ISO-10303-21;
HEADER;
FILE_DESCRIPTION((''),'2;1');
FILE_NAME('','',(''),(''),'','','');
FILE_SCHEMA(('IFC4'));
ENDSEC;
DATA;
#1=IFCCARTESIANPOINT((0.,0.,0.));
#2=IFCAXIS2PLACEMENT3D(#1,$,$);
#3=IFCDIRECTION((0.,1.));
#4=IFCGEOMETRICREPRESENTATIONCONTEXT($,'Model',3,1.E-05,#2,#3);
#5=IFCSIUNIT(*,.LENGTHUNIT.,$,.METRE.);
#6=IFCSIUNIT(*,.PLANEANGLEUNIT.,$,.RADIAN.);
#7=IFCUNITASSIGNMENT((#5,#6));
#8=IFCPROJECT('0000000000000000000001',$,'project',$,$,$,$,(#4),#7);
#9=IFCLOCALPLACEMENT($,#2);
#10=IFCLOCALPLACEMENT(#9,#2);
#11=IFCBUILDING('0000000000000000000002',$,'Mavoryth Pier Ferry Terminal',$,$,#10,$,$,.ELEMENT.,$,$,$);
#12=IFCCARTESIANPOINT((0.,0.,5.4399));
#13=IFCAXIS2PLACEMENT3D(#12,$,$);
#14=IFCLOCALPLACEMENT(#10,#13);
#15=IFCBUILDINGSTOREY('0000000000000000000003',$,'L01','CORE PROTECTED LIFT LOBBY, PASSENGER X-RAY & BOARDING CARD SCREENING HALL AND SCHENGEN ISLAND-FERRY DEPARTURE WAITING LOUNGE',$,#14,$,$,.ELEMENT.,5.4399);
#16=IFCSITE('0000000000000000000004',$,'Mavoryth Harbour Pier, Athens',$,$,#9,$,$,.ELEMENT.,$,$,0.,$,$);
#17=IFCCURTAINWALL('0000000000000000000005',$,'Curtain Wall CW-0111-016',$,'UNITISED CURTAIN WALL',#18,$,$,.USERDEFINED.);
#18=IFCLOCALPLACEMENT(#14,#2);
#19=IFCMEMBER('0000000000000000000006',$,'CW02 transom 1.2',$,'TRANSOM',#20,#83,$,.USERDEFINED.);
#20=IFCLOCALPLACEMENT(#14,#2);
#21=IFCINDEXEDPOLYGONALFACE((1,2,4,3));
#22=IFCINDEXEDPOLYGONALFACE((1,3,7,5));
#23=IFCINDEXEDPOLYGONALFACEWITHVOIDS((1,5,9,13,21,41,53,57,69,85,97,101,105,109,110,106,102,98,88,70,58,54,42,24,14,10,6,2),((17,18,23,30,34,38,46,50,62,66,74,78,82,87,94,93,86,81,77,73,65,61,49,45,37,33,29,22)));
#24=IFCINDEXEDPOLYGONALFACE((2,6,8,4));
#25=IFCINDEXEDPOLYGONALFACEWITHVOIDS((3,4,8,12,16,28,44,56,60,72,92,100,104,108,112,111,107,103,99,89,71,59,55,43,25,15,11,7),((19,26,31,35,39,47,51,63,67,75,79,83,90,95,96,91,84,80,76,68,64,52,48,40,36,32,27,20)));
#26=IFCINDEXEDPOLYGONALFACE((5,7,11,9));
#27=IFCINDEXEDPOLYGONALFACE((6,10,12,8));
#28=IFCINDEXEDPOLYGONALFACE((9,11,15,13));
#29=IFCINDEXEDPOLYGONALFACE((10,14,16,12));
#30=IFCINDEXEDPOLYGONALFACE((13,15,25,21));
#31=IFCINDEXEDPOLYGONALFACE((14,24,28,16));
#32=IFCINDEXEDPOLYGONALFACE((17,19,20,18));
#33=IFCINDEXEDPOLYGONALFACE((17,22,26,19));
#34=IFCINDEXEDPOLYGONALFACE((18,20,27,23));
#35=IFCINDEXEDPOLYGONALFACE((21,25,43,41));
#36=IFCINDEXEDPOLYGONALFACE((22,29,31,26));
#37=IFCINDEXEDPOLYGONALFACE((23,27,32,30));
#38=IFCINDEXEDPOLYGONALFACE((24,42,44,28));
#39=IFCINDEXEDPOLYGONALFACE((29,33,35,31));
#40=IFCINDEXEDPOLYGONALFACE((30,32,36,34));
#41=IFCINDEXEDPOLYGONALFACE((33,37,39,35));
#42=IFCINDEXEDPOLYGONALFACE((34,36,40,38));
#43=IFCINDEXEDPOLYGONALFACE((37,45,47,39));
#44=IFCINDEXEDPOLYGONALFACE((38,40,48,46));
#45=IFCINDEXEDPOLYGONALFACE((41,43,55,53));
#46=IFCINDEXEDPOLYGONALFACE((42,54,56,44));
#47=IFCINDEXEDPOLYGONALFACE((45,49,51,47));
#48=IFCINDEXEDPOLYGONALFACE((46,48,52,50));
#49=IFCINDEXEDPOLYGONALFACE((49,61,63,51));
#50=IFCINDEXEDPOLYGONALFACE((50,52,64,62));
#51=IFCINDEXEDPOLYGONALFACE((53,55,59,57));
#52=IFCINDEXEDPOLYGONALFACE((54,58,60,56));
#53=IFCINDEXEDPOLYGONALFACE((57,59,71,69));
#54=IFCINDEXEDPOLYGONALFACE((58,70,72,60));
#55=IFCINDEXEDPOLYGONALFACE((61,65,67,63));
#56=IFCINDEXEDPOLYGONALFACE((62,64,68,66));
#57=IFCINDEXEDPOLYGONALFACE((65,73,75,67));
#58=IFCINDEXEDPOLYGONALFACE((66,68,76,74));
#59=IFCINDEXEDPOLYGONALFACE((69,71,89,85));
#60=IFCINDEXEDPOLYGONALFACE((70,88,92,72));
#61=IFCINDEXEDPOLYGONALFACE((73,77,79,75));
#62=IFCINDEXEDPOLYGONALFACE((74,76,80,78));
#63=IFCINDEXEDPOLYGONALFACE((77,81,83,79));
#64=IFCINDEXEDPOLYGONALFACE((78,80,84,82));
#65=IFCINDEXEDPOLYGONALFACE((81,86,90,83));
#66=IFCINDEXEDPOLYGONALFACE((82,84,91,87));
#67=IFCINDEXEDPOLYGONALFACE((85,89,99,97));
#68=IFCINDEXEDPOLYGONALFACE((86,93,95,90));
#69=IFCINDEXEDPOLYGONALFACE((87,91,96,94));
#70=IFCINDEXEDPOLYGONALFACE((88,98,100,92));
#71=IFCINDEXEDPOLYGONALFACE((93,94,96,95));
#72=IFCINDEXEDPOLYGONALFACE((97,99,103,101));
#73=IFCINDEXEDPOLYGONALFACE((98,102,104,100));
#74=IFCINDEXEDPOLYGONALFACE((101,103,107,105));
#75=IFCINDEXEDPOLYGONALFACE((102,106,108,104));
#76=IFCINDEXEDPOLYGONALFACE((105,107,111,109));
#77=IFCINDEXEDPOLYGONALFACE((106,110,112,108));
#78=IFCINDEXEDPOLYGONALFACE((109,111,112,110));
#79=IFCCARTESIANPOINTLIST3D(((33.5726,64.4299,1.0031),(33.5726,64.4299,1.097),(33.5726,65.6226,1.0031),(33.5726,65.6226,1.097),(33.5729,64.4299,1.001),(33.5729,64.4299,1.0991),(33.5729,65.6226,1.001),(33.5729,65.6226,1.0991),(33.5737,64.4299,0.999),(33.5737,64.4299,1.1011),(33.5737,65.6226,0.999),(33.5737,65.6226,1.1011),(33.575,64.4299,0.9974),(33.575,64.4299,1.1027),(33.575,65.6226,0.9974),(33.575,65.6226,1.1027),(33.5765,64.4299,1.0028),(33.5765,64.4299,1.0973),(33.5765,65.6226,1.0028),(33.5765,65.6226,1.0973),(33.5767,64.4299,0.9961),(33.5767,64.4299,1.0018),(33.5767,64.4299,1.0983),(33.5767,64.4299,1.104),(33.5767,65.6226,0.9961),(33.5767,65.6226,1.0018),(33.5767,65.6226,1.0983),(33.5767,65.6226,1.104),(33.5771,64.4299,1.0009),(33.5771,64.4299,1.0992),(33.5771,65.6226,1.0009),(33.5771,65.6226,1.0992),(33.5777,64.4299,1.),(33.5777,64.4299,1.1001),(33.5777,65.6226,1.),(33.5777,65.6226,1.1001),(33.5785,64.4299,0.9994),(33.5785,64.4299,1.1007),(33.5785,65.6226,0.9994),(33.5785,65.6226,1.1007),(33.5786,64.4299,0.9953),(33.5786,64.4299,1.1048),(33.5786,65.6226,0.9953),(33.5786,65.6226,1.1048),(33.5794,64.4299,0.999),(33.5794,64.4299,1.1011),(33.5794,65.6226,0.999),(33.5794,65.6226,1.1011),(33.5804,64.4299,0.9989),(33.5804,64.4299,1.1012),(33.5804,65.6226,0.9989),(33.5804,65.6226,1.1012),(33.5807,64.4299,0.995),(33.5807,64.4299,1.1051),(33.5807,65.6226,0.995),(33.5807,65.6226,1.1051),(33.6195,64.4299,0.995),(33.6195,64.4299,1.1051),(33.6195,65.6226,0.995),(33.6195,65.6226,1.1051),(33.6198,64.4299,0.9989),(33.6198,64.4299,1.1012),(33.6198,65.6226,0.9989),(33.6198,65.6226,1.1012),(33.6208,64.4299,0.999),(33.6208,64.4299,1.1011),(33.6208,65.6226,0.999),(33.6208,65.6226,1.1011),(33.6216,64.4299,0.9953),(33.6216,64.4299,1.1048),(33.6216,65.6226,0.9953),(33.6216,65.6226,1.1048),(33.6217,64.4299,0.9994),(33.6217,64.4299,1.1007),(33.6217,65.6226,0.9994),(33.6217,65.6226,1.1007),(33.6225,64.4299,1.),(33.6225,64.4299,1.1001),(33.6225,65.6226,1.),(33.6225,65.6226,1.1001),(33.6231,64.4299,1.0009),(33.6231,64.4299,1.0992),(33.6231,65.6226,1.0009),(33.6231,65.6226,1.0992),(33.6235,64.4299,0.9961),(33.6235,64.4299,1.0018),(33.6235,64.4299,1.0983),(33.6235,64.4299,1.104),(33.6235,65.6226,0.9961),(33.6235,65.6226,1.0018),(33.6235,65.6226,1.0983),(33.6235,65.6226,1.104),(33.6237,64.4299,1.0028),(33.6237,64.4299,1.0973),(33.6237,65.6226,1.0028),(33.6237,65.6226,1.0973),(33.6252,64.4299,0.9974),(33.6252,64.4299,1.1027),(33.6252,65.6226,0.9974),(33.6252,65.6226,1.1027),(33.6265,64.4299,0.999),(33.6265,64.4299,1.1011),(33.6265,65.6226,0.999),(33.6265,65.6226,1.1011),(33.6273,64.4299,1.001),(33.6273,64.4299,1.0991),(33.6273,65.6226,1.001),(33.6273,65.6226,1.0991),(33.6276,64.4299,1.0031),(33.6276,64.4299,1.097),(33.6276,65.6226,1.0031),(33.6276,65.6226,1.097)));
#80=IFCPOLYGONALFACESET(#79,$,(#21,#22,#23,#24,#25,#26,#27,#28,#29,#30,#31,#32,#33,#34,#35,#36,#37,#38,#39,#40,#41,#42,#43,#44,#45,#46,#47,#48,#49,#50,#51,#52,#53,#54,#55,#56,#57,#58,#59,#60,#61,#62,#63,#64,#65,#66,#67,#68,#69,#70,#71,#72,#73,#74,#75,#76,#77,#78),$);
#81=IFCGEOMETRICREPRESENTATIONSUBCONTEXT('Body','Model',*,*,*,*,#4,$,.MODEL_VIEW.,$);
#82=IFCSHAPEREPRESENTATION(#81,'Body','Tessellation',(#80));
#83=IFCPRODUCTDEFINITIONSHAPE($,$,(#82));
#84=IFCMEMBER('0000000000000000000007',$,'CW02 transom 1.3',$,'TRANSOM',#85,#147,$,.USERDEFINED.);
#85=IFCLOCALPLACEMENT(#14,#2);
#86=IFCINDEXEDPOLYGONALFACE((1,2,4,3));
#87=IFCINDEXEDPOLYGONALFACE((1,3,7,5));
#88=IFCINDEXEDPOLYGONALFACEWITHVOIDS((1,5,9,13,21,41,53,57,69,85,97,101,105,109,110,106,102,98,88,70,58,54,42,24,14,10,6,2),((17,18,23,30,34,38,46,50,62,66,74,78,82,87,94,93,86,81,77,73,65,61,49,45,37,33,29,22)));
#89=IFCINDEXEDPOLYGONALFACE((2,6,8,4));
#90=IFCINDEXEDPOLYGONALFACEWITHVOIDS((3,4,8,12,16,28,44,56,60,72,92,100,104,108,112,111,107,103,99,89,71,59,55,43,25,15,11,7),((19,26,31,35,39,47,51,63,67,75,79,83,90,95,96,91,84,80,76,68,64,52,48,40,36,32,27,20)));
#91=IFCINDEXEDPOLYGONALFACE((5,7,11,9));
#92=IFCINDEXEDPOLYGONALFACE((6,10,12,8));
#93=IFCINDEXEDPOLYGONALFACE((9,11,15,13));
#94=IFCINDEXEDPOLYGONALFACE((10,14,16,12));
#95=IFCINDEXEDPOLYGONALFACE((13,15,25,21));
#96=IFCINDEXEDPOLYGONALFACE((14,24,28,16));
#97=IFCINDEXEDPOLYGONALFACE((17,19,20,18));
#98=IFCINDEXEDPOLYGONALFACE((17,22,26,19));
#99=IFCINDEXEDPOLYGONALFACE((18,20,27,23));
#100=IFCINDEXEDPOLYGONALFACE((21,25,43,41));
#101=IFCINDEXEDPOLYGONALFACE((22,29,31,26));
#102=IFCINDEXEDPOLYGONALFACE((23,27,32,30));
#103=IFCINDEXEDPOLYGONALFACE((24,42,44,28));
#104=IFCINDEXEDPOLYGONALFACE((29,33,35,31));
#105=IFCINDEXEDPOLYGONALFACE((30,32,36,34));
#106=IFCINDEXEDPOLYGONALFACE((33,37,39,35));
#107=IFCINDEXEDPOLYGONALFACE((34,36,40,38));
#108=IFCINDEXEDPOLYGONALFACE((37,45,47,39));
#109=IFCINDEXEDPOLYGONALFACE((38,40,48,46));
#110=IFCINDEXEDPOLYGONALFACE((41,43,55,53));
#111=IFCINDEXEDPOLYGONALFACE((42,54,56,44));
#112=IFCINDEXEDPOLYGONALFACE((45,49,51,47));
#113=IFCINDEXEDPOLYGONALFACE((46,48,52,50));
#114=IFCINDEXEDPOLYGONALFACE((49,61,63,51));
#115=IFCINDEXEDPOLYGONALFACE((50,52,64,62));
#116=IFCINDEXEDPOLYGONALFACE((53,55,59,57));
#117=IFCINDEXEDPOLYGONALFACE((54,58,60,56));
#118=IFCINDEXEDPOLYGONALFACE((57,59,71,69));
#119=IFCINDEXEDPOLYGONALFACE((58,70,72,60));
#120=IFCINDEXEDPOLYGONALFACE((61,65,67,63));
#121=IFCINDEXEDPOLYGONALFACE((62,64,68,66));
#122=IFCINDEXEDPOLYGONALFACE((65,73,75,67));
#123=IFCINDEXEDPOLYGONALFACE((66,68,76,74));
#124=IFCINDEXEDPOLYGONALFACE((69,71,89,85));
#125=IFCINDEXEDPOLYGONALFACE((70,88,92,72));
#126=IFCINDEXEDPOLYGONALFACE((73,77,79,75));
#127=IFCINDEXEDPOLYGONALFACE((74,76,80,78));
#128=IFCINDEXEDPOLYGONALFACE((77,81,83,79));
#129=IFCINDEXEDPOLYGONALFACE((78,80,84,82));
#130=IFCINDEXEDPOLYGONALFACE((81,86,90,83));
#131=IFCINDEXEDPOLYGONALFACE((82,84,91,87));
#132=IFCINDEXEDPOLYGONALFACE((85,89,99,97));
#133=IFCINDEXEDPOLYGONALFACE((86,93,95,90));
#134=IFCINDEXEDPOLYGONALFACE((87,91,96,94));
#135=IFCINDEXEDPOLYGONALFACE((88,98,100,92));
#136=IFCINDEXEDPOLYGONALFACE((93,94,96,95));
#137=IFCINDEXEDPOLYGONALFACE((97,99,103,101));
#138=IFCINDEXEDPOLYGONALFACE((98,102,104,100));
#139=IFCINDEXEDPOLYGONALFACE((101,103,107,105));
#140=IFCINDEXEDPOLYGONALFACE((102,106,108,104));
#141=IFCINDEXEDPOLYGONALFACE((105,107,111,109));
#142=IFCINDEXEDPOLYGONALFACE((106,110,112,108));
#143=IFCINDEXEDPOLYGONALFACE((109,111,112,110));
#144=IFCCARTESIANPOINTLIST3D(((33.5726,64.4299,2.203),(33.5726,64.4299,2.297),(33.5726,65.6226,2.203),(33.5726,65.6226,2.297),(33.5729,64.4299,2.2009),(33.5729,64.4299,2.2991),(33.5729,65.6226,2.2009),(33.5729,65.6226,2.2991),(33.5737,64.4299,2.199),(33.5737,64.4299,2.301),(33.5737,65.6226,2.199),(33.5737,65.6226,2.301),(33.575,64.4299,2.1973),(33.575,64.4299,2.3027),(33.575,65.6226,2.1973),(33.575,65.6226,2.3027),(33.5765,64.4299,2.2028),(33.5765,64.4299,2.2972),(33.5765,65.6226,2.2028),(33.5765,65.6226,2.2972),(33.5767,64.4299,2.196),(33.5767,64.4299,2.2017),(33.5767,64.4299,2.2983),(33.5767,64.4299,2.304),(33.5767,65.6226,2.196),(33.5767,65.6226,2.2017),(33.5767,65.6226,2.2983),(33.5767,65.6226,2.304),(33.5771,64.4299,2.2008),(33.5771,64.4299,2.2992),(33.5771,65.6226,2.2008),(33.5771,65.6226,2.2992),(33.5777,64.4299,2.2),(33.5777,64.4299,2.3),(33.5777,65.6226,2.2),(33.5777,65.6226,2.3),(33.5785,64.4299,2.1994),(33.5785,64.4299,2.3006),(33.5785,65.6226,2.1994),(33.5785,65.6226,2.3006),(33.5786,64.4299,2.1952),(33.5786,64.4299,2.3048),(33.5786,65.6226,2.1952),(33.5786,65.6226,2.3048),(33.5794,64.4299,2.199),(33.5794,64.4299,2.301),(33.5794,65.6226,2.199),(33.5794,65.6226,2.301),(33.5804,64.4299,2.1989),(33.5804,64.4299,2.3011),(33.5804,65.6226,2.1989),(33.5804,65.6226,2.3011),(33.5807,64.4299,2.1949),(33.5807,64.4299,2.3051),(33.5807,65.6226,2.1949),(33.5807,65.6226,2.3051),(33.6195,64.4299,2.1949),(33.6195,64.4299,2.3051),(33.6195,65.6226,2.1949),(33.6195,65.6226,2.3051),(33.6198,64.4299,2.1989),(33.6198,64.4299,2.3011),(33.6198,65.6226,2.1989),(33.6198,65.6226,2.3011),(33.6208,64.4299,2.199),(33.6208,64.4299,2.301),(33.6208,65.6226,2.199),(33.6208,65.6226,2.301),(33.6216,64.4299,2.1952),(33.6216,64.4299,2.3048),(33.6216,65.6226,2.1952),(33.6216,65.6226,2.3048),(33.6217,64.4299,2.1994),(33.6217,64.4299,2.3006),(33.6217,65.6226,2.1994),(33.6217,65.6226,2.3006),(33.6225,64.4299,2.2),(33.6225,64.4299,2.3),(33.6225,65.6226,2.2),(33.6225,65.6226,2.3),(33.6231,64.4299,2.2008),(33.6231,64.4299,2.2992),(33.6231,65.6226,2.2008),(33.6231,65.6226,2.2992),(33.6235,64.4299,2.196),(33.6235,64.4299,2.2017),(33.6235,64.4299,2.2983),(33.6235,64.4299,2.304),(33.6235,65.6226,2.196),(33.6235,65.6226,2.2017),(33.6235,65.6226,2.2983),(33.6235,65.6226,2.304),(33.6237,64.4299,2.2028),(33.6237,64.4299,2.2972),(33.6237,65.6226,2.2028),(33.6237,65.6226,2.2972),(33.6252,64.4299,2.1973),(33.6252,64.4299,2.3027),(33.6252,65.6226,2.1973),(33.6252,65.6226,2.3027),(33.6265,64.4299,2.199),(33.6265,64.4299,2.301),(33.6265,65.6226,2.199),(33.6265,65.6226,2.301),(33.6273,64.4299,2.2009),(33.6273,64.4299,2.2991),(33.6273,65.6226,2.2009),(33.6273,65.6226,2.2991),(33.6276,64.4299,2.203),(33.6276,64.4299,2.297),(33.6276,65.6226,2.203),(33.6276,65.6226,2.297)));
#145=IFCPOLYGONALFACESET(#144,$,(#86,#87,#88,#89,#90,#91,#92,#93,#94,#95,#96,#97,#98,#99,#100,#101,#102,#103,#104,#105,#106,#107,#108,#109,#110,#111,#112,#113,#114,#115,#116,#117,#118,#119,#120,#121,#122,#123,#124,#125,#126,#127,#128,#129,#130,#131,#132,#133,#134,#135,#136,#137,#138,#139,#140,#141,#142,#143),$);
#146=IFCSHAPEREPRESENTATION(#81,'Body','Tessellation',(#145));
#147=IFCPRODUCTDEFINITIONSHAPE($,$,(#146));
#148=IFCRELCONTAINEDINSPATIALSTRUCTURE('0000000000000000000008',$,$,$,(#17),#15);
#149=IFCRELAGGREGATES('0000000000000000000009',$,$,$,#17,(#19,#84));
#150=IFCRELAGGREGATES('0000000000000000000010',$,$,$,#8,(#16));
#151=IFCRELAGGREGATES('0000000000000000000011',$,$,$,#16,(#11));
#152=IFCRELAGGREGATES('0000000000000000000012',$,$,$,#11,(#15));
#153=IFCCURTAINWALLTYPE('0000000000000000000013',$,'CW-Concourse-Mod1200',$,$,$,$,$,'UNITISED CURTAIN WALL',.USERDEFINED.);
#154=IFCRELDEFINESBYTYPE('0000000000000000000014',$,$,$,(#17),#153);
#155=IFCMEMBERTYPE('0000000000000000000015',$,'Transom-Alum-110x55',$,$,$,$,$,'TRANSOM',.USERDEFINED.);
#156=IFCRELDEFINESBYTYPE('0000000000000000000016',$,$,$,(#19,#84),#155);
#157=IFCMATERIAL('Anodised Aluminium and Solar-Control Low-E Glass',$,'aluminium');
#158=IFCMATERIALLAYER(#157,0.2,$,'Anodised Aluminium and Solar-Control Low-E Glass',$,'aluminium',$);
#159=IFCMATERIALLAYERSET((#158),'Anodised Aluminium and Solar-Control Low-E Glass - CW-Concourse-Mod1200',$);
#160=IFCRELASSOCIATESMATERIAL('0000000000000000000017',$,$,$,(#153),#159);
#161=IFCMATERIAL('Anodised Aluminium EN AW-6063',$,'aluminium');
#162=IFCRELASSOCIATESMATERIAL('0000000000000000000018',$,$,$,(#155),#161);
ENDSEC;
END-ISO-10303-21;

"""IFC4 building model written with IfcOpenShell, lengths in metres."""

from ifc_helpers import new_model, si_unit, direction, frame, origin, origin_2d, place, context, subcontext, project, spatial, hollow_rectangle, extrude, material, layer, layer_set, material_profile, profile_set, type_object, element, aggregate, save


model = new_model("IFC4")

# Units and contexts
model_context = context("Model", 3, precision=1e-05, world=origin(), true_north=direction((0.0, 1.0)))
body_context = subcontext(model_context, "Body", "Model", "MODEL_VIEW")
ifc_project = project(units=[si_unit("LENGTHUNIT", "METRE"), si_unit("PLANEANGLEUNIT", "RADIAN")], contexts=[model_context])

# Site, building, storey
site_placement = place(None, origin())
site = spatial("IfcSite", under=ifc_project, at=site_placement, Name="Mavoryth Harbour Pier, Athens", CompositionType="ELEMENT", RefElevation=0.0)
building_placement = place(site_placement, origin())
building = spatial("IfcBuilding", under=site, at=building_placement, Name="Mavoryth Pier Ferry Terminal", CompositionType="ELEMENT")
storey_placement = place(building_placement, frame((0.0, 0.0, 5.4399)))
storey = spatial("IfcBuildingStorey", under=building, at=storey_placement, Name="L01", Description="CORE PROTECTED LIFT LOBBY, PASSENGER X-RAY & BOARDING CARD SCREENING HALL AND SCHENGEN ISLAND-FERRY DEPARTURE WAITING LOUNGE", CompositionType="ELEMENT", Elevation=5.4399)

# Curtain wall
ifc_material_1 = material(Name="Anodised Aluminium and Solar-Control Low-E Glass", Category="aluminium")
ifc_layer_1 = layer(ifc_material_1, 0.2, Name="Anodised Aluminium and Solar-Control Low-E Glass", Category="aluminium")
ifc_layer_set_1 = layer_set([ifc_layer_1], Name="Anodised Aluminium and Solar-Control Low-E Glass - CW-Concourse-Mod1200")
curtain_wall_type = type_object("IfcCurtainWallType", Name="CW-Concourse-Mod1200", ElementType="UNITISED CURTAIN WALL", PredefinedType="USERDEFINED", material=ifc_layer_set_1)
ifc_material_2 = material(Name="Anodised Aluminium EN AW-6063", Category="aluminium")
curtain_wall_1_placement = place(storey_placement, origin())
curtain_wall_1 = element("IfcCurtainWall", 1, at=curtain_wall_1_placement, inside=storey, type_object=curtain_wall_type, Name="Curtain Wall CW-0111-016", ObjectType="UNITISED CURTAIN WALL", PredefinedType="USERDEFINED")

# Members
ifc_material_profile_1 = material_profile(ifc_material_2, hollow_rectangle(XDim=0.0549, YDim=0.1101, WallThickness=0.0039, InnerFilletRadius=0.0039, OuterFilletRadius=0.0081, at=origin_2d()), Name="AL-TRAN 110x55x4", Category="aluminium")
ifc_profile_set_1 = profile_set([ifc_material_profile_1], Name="Anodised Aluminium EN AW-6063 - AL-TRAN 110x55x4")
member_type_1 = type_object("IfcMemberType", Name="Transom-Alum-110x55", ElementType="TRANSOM", PredefinedType="USERDEFINED", material=ifc_profile_set_1)
member_1_placement = place(storey_placement, frame((33.6001, 64.4299, 1.05), z_axis=(0.0, 1.0, 0.0), x_axis=(-1.0, 0.0, 0.0)))
member_1 = element("IfcMember", 2, at=member_1_placement, type_object=member_type_1, Name="CW02 transom 1.2", ObjectType="TRANSOM", PredefinedType="USERDEFINED", context=body_context, shape_type="SweptSolid", body=[
    extrude(hollow_rectangle(XDim=0.0549, YDim=0.1101, WallThickness=0.0039, InnerFilletRadius=0.0039, OuterFilletRadius=0.0081, at=origin_2d()), origin(), (0.0, 0.0, 1.0), 1.1926),
])
member_2_placement = place(storey_placement, frame((33.6001, 64.4299, 2.25), z_axis=(0.0, 1.0, 0.0), x_axis=(-1.0, 0.0, 0.0)))
member_2 = element("IfcMember", 3, at=member_2_placement, type_object=member_type_1, Name="CW02 transom 1.3", ObjectType="TRANSOM", PredefinedType="USERDEFINED", context=body_context, shape_type="SweptSolid", body=[
    extrude(hollow_rectangle(XDim=0.0549, YDim=0.1101, WallThickness=0.0039, InnerFilletRadius=0.0039, OuterFilletRadius=0.0081, at=origin_2d()), origin(), (0.0, 0.0, 1.0), 1.1926),
])

aggregate(curtain_wall_1, [member_1, member_2])

save(model, "model.ifc")
